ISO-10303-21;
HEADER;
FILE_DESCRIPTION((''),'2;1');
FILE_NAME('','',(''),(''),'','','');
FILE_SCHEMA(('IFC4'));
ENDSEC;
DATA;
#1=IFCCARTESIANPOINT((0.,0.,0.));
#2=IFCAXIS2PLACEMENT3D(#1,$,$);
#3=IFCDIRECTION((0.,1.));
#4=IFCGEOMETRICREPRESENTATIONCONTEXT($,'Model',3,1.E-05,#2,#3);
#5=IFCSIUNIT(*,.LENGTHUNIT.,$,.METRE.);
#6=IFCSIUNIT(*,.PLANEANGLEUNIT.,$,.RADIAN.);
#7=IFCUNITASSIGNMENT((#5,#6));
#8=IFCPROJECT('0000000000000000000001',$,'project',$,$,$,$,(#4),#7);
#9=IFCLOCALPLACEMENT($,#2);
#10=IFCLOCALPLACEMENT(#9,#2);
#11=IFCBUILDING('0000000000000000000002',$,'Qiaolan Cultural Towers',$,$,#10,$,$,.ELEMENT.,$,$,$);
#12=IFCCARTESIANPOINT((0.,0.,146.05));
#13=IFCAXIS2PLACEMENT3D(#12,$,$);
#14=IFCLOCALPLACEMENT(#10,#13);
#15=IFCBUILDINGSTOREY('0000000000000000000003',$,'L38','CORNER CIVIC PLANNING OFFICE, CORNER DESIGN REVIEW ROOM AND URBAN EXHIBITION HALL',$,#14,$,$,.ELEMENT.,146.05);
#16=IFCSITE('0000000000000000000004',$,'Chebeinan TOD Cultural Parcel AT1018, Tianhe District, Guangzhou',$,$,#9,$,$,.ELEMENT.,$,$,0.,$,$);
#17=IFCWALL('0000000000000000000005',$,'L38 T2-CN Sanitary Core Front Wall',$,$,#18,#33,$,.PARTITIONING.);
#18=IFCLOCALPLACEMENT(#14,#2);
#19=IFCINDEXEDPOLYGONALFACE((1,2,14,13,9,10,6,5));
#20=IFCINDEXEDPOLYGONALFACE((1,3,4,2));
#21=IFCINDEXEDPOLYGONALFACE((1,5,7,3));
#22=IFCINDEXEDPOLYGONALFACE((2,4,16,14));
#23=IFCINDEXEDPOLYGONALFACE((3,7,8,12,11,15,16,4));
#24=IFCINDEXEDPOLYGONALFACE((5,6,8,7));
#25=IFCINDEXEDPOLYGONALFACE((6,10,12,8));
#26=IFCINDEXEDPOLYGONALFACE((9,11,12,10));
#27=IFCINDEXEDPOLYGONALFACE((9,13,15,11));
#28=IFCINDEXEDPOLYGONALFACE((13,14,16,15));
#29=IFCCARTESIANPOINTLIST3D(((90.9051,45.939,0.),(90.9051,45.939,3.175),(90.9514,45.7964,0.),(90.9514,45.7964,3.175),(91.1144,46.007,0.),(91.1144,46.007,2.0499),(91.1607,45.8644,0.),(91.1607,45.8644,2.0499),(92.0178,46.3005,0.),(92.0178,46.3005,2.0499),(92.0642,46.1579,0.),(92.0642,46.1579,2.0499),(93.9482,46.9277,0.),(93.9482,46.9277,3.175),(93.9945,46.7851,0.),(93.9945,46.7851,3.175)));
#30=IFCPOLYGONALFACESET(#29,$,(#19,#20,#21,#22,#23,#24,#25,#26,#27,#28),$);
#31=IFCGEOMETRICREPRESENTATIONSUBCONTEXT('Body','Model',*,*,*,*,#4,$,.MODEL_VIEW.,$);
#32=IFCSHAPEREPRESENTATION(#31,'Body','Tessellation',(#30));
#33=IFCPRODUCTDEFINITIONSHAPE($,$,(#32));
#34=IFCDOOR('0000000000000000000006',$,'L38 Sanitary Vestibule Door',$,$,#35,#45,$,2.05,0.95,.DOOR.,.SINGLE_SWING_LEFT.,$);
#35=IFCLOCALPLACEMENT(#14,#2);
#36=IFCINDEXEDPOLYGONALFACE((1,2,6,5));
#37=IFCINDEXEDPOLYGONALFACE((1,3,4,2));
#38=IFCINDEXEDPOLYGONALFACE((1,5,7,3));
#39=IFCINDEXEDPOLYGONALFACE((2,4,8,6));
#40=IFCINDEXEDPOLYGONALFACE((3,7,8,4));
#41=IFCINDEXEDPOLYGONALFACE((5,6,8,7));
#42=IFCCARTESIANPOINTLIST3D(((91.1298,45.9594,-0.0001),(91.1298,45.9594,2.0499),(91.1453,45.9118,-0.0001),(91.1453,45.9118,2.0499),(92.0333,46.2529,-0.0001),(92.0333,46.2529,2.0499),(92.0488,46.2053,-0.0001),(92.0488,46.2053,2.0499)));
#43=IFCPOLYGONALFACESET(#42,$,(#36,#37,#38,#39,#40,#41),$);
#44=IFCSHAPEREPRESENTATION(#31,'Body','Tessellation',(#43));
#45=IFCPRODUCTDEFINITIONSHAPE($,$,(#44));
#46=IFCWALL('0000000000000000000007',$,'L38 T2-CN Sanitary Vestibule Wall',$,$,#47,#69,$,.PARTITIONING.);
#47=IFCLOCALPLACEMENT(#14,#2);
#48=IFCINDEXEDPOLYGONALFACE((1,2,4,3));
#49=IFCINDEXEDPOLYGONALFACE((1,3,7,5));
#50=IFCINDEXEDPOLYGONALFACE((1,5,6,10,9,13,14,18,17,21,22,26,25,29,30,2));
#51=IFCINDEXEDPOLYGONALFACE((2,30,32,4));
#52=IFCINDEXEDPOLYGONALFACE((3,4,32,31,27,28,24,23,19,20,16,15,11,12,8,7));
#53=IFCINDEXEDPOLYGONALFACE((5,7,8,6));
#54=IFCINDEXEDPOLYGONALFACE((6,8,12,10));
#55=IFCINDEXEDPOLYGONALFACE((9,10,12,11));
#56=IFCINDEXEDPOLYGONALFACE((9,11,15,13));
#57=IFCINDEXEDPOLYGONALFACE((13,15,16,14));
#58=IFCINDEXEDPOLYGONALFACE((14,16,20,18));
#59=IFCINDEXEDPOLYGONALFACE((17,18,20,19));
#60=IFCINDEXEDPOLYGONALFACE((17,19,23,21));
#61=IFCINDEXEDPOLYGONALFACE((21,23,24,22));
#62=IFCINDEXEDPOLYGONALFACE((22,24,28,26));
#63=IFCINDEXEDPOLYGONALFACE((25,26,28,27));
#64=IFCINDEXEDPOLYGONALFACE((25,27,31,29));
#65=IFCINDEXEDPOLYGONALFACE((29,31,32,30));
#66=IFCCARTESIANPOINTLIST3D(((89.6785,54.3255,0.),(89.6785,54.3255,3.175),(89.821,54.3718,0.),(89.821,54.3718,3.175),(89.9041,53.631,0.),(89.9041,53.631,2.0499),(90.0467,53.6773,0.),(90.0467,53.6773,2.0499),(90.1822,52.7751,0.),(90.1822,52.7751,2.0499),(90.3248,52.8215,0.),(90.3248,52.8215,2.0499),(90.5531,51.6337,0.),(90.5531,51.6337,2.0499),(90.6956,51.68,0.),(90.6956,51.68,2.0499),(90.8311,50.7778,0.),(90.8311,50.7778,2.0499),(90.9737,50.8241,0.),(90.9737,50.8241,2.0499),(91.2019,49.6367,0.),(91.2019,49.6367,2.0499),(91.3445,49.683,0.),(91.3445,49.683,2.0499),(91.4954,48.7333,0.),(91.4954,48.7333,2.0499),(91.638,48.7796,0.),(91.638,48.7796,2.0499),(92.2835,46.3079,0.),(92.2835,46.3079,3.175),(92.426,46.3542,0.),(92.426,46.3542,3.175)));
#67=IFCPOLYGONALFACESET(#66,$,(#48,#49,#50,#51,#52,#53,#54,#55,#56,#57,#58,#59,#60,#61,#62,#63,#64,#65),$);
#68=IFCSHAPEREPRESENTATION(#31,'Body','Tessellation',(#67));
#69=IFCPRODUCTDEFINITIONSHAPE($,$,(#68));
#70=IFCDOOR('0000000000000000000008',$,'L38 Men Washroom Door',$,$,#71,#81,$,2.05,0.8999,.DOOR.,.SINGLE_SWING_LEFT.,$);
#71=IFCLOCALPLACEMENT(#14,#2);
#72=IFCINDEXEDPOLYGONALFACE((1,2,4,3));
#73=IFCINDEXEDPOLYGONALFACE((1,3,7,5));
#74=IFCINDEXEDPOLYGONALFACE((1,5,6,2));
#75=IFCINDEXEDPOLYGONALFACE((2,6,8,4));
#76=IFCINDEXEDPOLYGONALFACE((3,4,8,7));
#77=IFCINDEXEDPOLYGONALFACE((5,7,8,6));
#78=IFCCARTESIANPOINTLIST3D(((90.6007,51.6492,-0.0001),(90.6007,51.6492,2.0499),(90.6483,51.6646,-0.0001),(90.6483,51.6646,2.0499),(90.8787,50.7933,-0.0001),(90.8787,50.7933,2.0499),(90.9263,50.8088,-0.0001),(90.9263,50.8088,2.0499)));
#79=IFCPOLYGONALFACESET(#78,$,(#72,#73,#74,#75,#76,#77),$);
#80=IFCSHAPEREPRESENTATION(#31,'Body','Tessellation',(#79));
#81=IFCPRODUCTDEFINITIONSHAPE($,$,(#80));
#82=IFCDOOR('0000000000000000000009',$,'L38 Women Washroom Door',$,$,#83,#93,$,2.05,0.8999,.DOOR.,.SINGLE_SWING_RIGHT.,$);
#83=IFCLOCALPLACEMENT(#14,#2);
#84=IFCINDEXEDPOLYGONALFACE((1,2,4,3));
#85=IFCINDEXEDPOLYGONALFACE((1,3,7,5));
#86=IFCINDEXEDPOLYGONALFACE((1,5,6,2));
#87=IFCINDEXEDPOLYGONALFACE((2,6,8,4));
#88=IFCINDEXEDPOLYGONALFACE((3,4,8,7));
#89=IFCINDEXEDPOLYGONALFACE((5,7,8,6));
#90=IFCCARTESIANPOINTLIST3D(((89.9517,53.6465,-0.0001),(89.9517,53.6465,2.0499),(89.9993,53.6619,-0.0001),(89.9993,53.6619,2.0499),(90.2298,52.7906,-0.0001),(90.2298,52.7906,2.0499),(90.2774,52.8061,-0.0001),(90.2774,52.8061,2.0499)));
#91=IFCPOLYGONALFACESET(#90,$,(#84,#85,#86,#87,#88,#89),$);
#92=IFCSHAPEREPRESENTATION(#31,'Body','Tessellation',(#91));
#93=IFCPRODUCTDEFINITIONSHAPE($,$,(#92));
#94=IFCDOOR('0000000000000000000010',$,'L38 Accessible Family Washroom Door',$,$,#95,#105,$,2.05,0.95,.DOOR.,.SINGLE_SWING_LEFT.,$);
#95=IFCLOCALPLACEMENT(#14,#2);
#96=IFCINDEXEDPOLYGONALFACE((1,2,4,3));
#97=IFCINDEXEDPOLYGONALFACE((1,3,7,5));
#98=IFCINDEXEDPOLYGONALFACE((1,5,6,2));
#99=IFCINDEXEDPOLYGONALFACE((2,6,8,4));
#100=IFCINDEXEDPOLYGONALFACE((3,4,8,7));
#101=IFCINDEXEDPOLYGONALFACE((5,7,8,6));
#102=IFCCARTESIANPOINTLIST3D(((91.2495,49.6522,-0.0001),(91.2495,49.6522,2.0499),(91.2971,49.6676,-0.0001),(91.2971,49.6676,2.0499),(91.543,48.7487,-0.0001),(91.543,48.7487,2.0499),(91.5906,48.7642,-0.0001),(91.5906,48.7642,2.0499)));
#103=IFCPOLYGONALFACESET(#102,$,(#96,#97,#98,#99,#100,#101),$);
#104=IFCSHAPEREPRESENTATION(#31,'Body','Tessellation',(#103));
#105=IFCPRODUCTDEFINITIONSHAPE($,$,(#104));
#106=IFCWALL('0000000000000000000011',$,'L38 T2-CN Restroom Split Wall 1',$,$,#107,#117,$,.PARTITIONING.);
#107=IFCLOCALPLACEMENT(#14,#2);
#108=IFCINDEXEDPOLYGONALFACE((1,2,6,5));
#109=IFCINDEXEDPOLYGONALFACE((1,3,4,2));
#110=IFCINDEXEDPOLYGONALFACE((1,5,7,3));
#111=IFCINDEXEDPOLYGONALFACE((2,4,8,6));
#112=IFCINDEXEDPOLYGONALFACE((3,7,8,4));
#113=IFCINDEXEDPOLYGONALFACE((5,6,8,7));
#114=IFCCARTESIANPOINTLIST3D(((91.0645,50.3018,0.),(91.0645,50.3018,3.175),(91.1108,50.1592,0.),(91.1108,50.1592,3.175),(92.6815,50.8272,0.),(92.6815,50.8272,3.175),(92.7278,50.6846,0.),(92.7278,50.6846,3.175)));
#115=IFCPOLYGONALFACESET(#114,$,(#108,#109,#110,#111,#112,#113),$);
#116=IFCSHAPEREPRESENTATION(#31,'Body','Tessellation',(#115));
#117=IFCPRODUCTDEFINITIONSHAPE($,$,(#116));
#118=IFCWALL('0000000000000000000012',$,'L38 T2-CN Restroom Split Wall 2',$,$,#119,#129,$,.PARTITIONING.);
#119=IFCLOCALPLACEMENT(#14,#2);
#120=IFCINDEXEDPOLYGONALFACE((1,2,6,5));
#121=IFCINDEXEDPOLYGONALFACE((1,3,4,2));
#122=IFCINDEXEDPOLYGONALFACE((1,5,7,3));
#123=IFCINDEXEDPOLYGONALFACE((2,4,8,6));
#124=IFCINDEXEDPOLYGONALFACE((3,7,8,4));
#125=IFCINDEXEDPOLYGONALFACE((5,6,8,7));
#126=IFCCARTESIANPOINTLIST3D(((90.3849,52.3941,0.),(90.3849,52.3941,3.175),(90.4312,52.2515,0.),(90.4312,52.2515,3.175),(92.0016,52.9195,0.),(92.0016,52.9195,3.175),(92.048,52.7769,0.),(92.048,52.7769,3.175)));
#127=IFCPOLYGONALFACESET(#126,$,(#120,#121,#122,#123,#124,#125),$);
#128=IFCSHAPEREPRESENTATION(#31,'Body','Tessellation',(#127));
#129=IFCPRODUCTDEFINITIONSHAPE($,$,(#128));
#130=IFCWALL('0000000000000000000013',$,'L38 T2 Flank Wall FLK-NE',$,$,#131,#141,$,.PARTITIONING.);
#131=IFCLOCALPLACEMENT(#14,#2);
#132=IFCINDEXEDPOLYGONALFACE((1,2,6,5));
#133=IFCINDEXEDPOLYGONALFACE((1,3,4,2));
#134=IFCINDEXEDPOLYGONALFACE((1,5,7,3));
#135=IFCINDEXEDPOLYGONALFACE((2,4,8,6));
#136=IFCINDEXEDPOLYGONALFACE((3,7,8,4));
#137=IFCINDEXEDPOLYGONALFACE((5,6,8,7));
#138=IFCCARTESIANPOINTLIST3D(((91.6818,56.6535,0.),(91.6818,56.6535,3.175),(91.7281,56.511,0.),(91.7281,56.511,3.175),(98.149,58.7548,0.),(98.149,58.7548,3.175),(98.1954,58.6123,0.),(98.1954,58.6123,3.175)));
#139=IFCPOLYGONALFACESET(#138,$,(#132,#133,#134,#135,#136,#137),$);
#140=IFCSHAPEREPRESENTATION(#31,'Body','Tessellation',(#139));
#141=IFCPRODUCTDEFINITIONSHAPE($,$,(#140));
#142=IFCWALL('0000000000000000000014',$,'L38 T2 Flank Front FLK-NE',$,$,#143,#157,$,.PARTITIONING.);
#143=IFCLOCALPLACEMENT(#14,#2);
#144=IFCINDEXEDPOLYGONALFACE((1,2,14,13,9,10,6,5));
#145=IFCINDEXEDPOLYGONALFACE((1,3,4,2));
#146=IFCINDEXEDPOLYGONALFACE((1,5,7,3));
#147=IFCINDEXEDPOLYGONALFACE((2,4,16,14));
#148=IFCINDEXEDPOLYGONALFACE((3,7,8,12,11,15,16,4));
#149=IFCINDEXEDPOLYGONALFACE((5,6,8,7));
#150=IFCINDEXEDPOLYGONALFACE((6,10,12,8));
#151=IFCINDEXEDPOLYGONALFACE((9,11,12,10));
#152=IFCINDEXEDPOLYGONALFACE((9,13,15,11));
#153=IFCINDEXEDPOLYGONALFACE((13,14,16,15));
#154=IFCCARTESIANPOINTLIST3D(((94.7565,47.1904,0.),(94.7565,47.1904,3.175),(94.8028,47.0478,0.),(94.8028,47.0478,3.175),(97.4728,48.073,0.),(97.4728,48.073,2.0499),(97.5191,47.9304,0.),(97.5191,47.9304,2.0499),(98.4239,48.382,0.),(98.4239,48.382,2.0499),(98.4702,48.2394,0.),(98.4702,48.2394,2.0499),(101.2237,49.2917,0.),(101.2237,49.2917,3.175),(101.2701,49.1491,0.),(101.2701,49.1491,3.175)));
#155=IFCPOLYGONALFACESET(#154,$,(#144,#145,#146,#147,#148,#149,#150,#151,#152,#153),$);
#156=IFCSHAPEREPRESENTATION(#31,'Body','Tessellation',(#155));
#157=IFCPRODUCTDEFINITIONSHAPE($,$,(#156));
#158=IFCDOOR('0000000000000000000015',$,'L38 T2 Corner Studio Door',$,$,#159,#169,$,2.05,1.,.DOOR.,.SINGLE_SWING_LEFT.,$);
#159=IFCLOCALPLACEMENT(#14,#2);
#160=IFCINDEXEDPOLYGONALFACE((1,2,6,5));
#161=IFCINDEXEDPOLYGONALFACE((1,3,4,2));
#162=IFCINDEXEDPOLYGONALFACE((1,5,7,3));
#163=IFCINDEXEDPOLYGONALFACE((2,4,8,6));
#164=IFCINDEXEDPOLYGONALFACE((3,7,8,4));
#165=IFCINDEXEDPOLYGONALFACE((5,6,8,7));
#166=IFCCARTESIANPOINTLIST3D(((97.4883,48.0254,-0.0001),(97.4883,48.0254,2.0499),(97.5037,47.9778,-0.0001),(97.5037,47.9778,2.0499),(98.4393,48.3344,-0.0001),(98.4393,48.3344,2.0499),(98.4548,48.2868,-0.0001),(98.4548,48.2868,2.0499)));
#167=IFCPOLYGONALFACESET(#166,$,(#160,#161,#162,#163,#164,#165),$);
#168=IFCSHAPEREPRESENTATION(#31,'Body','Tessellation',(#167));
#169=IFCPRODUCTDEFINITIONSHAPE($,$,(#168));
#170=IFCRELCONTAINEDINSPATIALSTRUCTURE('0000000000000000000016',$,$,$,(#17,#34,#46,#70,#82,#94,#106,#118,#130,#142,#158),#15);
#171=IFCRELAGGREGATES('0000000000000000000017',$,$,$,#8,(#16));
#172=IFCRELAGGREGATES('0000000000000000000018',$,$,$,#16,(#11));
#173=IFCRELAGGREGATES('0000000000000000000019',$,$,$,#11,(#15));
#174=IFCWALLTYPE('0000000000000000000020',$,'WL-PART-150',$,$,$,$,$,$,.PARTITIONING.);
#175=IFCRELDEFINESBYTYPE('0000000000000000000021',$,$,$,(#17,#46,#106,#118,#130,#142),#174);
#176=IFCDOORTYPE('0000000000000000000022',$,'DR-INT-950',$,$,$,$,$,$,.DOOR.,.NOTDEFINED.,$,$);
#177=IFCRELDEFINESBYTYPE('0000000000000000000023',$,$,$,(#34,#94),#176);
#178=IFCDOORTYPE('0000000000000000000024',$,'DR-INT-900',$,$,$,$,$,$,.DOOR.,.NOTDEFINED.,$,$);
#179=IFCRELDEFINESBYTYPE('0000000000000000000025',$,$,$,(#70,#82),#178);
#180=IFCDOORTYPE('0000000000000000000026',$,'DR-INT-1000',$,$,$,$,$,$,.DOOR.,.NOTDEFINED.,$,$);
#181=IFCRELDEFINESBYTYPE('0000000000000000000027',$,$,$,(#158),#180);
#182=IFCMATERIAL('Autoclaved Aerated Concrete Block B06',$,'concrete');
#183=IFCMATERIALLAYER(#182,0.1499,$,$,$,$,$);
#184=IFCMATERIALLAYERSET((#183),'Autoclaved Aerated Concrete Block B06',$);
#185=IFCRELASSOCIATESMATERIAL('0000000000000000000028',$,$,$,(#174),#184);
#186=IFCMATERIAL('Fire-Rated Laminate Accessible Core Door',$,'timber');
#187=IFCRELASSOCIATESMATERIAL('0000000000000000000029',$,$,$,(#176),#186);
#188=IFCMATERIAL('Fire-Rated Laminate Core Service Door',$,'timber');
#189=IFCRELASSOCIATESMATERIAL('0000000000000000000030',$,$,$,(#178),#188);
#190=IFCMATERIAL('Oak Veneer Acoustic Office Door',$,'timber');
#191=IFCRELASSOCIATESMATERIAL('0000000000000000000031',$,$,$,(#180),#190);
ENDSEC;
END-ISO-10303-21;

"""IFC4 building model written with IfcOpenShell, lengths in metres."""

from ifc_helpers import new_model, si_unit, direction, frame, frame_2d, origin, place, context, subcontext, project, spatial, rectangle, extrude, material, layer, layer_set, type_object, element, fill, save


model = new_model("IFC4")

# Units and contexts
model_context = context("Model", 3, precision=1e-05, world=origin(), true_north=direction((0.0, 1.0)))
body_context = subcontext(model_context, "Body", "Model", "MODEL_VIEW")
ifc_project = project(units=[si_unit("LENGTHUNIT", "METRE"), si_unit("PLANEANGLEUNIT", "RADIAN")], contexts=[model_context])

# Site, building, storey
site_placement = place(None, origin())
site = spatial("IfcSite", under=ifc_project, at=site_placement, Name="Chebeinan TOD Cultural Parcel AT1018, Tianhe District, Guangzhou", CompositionType="ELEMENT", RefElevation=0.0)
building_placement = place(site_placement, origin())
building = spatial("IfcBuilding", under=site, at=building_placement, Name="Qiaolan Cultural Towers", CompositionType="ELEMENT")
storey_placement = place(building_placement, frame((0.0, 0.0, 146.05)))
storey = spatial("IfcBuildingStorey", under=building, at=storey_placement, Name="L38", Description="CORNER CIVIC PLANNING OFFICE, CORNER DESIGN REVIEW ROOM AND URBAN EXHIBITION HALL", CompositionType="ELEMENT", Elevation=146.05)

# Wall, opening, door
ifc_material_1 = material(Name="Autoclaved Aerated Concrete Block B06", Category="concrete")
ifc_layer_1 = layer(ifc_material_1, 0.1499)
ifc_layer_set_1 = layer_set([ifc_layer_1], Name="Autoclaved Aerated Concrete Block B06")
wall_type_1 = type_object("IfcWallType", Name="WL-PART-150", PredefinedType="PARTITIONING", material=ifc_layer_set_1)
wall_1_placement = place(storey_placement, frame((90.9282, 45.8677, 0.0), z_axis=(0.0, 0.0, 1.0), x_axis=(0.951059, 0.309008, 0.0)))
wall_1 = element("IfcWall", 1, at=wall_1_placement, inside=storey, type_object=wall_type_1, Name="L38 T2-CN Sanitary Core Front Wall", PredefinedType="PARTITIONING", context=body_context, shape_type="SweptSolid", body=[
    extrude(rectangle(XDim=3.1997, YDim=0.1499, at=frame_2d((1.5999, 0.0))), origin(), (0.0, 0.0, 1.0), 3.175),
])
opening_1_placement = place(wall_1_placement, frame((0.22, 0.0, 0.0)))
opening_1 = element("IfcOpeningElement", 2, at=opening_1_placement, cuts=wall_1, PredefinedType="OPENING", context=body_context, shape_type="SweptSolid", body=[
    extrude(rectangle(XDim=0.95, YDim=2.05, at=frame_2d((0.4751, 1.0249))), frame((0.0, 0.085, 0.0), z_axis=(0.0, -1.0, 0.0), x_axis=(1.0, 0.0, 0.0)), (0.0, 0.0, 1.0), 0.1699),
])
ifc_material_2 = material(Name="Fire-Rated Laminate Accessible Core Door", Category="timber")
door_type_1 = type_object("IfcDoorType", Name="DR-INT-950", OperationType="NOTDEFINED", PredefinedType="DOOR", material=ifc_material_2)
door_1_placement = place(opening_1_placement, origin())
door_1 = element("IfcDoor", 3, at=door_1_placement, inside=storey, type_object=door_type_1, Name="L38 Sanitary Vestibule Door", OperationType="SINGLE_SWING_LEFT", OverallHeight=2.05, OverallWidth=0.95, PredefinedType="DOOR", context=body_context, shape_type="SweptSolid", body=[
    extrude(rectangle(XDim=0.95, YDim=2.05, at=frame_2d((0.4751, 1.0249))), frame((0.0, 0.0249, 0.0), z_axis=(0.0, -1.0, 0.0), x_axis=(1.0, 0.0, 0.0)), (0.0, 0.0, 1.0), 0.05),
])
fill(opening_1, door_1)

# Wall, openings, doors
wall_2_placement = place(storey_placement, frame((92.3547, 46.3311, 0.0), z_axis=(0.0, 0.0, 1.0), x_axis=(-0.309007, 0.95106, 0.0)))
wall_2 = element("IfcWall", 4, at=wall_2_placement, inside=storey, type_object=wall_type_1, Name="L38 T2-CN Sanitary Vestibule Wall", PredefinedType="PARTITIONING", context=body_context, shape_type="SweptSolid", body=[
    extrude(rectangle(XDim=8.4302, YDim=0.1499, at=frame_2d((4.2151, 0.0))), origin(), (0.0, 0.0, 1.0), 3.175),
])
opening_2_placement = place(wall_2_placement, frame((2.55, 0.0, 0.0)))
opening_2 = element("IfcOpeningElement", 5, at=opening_2_placement, cuts=wall_2, PredefinedType="OPENING", context=body_context, shape_type="SweptSolid", body=[
    extrude(rectangle(XDim=0.95, YDim=2.05, at=frame_2d((0.4751, 1.0249))), frame((0.0, 0.085, 0.0), z_axis=(0.0, -1.0, 0.0), x_axis=(1.0, 0.0, 0.0)), (0.0, 0.0, 1.0), 0.1699),
])
opening_3_placement = place(wall_2_placement, frame((4.7, 0.0, 0.0)))
opening_3 = element("IfcOpeningElement", 6, at=opening_3_placement, cuts=wall_2, PredefinedType="OPENING", context=body_context, shape_type="SweptSolid", body=[
    extrude(rectangle(XDim=0.8999, YDim=2.05, at=frame_2d((0.45, 1.0249))), frame((0.0, 0.085, 0.0), z_axis=(0.0, -1.0, 0.0), x_axis=(1.0, 0.0, 0.0)), (0.0, 0.0, 1.0), 0.1699),
])
opening_4_placement = place(wall_2_placement, frame((6.8, 0.0, 0.0)))
opening_4 = element("IfcOpeningElement", 7, at=opening_4_placement, cuts=wall_2, PredefinedType="OPENING", context=body_context, shape_type="SweptSolid", body=[
    extrude(rectangle(XDim=0.8999, YDim=2.05, at=frame_2d((0.45, 1.0249))), frame((0.0, 0.085, 0.0), z_axis=(0.0, -1.0, 0.0), x_axis=(1.0, 0.0, 0.0)), (0.0, 0.0, 1.0), 0.1699),
])
ifc_material_3 = material(Name="Fire-Rated Laminate Core Service Door", Category="timber")
door_type_2 = type_object("IfcDoorType", Name="DR-INT-900", OperationType="NOTDEFINED", PredefinedType="DOOR", material=ifc_material_3)
door_2_placement = place(opening_3_placement, origin())
door_2 = element("IfcDoor", 8, at=door_2_placement, inside=storey, type_object=door_type_2, Name="L38 Men Washroom Door", OperationType="SINGLE_SWING_LEFT", OverallHeight=2.05, OverallWidth=0.8999, PredefinedType="DOOR", context=body_context, shape_type="SweptSolid", body=[
    extrude(rectangle(XDim=0.8999, YDim=2.05, at=frame_2d((0.45, 1.0249))), frame((0.0, 0.0249, 0.0), z_axis=(0.0, -1.0, 0.0), x_axis=(1.0, 0.0, 0.0)), (0.0, 0.0, 1.0), 0.05),
])
fill(opening_3, door_2)
door_3_placement = place(opening_4_placement, origin())
door_3 = element("IfcDoor", 9, at=door_3_placement, inside=storey, type_object=door_type_2, Name="L38 Women Washroom Door", OperationType="SINGLE_SWING_RIGHT", OverallHeight=2.05, OverallWidth=0.8999, PredefinedType="DOOR", context=body_context, shape_type="SweptSolid", body=[
    extrude(rectangle(XDim=0.8999, YDim=2.05, at=frame_2d((0.45, 1.0249))), frame((0.0, 0.0249, 0.0), z_axis=(0.0, -1.0, 0.0), x_axis=(1.0, 0.0, 0.0)), (0.0, 0.0, 1.0), 0.05),
])
fill(opening_4, door_3)
door_4_placement = place(opening_2_placement, origin())
door_4 = element("IfcDoor", 10, at=door_4_placement, inside=storey, type_object=door_type_1, Name="L38 Accessible Family Washroom Door", OperationType="SINGLE_SWING_LEFT", OverallHeight=2.05, OverallWidth=0.95, PredefinedType="DOOR", context=body_context, shape_type="SweptSolid", body=[
    extrude(rectangle(XDim=0.95, YDim=2.05, at=frame_2d((0.4751, 1.0249))), frame((0.0, 0.0249, 0.0), z_axis=(0.0, -1.0, 0.0), x_axis=(1.0, 0.0, 0.0)), (0.0, 0.0, 1.0), 0.05),
])
fill(opening_2, door_4)

# Walls
wall_3_placement = place(storey_placement, frame((91.0876, 50.2305, 0.0), z_axis=(0.0, 0.0, 1.0), x_axis=(0.951054, 0.309024, 0.0)))
element("IfcWall", 11, at=wall_3_placement, inside=storey, type_object=wall_type_1, Name="L38 T2-CN Restroom Split Wall 1", PredefinedType="PARTITIONING", context=body_context, shape_type="SweptSolid", body=[
    extrude(rectangle(XDim=1.7002, YDim=0.1499, at=frame_2d((0.8501, 0.0))), origin(), (0.0, 0.0, 1.0), 3.175),
])
wall_4_placement = place(storey_placement, frame((90.408, 52.3228, 0.0), z_axis=(0.0, 0.0, 1.0), x_axis=(0.95104, 0.309067, 0.0)))
element("IfcWall", 12, at=wall_4_placement, inside=storey, type_object=wall_type_1, Name="L38 T2-CN Restroom Split Wall 2", PredefinedType="PARTITIONING", context=body_context, shape_type="SweptSolid", body=[
    extrude(rectangle(XDim=1.7, YDim=0.1499, at=frame_2d((0.8501, 0.0))), origin(), (0.0, 0.0, 1.0), 3.175),
])
wall_5_placement = place(storey_placement, frame((91.7051, 56.5823, 0.0), z_axis=(0.0, 0.0, 1.0), x_axis=(0.951058, 0.309013, 0.0)))
element("IfcWall", 13, at=wall_5_placement, inside=storey, type_object=wall_type_1, Name="L38 T2 Flank Wall FLK-NE", PredefinedType="PARTITIONING", context=body_context, shape_type="SweptSolid", body=[
    extrude(rectangle(XDim=6.8, YDim=0.1499, at=frame_2d((3.3999, 0.0))), origin(), (0.0, 0.0, 1.0), 3.175),
])

# Wall, opening, door
wall_6_placement = place(storey_placement, frame((94.7798, 47.1191, 0.0), z_axis=(0.0, 0.0, 1.0), x_axis=(0.951058, 0.309013, 0.0)))
wall_6 = element("IfcWall", 14, at=wall_6_placement, inside=storey, type_object=wall_type_1, Name="L38 T2 Flank Front FLK-NE", PredefinedType="PARTITIONING", context=body_context, shape_type="SweptSolid", body=[
    extrude(rectangle(XDim=6.8, YDim=0.1499, at=frame_2d((3.3999, 0.0))), origin(), (0.0, 0.0, 1.0), 3.175),
])
opening_5_placement = place(wall_6_placement, frame((2.856, 0.0, 0.0)))
opening_5 = element("IfcOpeningElement", 15, at=opening_5_placement, cuts=wall_6, PredefinedType="OPENING", context=body_context, shape_type="SweptSolid", body=[
    extrude(rectangle(XDim=1.0, YDim=2.05, at=frame_2d((0.5, 1.0249))), frame((0.0, 0.085, 0.0), z_axis=(0.0, -1.0, 0.0), x_axis=(1.0, 0.0, 0.0)), (0.0, 0.0, 1.0), 0.1699),
])
ifc_material_4 = material(Name="Oak Veneer Acoustic Office Door", Category="timber")
door_type_3 = type_object("IfcDoorType", Name="DR-INT-1000", OperationType="NOTDEFINED", PredefinedType="DOOR", material=ifc_material_4)
door_5_placement = place(opening_5_placement, origin())
door_5 = element("IfcDoor", 16, at=door_5_placement, inside=storey, type_object=door_type_3, Name="L38 T2 Corner Studio Door", OperationType="SINGLE_SWING_LEFT", OverallHeight=2.05, OverallWidth=1.0, PredefinedType="DOOR", context=body_context, shape_type="SweptSolid", body=[
    extrude(rectangle(XDim=1.0, YDim=2.05, at=frame_2d((0.5, 1.0249))), frame((0.0, 0.0249, 0.0), z_axis=(0.0, -1.0, 0.0), x_axis=(1.0, 0.0, 0.0)), (0.0, 0.0, 1.0), 0.05),
])
fill(opening_5, door_5)

save(model, "model.ifc")
